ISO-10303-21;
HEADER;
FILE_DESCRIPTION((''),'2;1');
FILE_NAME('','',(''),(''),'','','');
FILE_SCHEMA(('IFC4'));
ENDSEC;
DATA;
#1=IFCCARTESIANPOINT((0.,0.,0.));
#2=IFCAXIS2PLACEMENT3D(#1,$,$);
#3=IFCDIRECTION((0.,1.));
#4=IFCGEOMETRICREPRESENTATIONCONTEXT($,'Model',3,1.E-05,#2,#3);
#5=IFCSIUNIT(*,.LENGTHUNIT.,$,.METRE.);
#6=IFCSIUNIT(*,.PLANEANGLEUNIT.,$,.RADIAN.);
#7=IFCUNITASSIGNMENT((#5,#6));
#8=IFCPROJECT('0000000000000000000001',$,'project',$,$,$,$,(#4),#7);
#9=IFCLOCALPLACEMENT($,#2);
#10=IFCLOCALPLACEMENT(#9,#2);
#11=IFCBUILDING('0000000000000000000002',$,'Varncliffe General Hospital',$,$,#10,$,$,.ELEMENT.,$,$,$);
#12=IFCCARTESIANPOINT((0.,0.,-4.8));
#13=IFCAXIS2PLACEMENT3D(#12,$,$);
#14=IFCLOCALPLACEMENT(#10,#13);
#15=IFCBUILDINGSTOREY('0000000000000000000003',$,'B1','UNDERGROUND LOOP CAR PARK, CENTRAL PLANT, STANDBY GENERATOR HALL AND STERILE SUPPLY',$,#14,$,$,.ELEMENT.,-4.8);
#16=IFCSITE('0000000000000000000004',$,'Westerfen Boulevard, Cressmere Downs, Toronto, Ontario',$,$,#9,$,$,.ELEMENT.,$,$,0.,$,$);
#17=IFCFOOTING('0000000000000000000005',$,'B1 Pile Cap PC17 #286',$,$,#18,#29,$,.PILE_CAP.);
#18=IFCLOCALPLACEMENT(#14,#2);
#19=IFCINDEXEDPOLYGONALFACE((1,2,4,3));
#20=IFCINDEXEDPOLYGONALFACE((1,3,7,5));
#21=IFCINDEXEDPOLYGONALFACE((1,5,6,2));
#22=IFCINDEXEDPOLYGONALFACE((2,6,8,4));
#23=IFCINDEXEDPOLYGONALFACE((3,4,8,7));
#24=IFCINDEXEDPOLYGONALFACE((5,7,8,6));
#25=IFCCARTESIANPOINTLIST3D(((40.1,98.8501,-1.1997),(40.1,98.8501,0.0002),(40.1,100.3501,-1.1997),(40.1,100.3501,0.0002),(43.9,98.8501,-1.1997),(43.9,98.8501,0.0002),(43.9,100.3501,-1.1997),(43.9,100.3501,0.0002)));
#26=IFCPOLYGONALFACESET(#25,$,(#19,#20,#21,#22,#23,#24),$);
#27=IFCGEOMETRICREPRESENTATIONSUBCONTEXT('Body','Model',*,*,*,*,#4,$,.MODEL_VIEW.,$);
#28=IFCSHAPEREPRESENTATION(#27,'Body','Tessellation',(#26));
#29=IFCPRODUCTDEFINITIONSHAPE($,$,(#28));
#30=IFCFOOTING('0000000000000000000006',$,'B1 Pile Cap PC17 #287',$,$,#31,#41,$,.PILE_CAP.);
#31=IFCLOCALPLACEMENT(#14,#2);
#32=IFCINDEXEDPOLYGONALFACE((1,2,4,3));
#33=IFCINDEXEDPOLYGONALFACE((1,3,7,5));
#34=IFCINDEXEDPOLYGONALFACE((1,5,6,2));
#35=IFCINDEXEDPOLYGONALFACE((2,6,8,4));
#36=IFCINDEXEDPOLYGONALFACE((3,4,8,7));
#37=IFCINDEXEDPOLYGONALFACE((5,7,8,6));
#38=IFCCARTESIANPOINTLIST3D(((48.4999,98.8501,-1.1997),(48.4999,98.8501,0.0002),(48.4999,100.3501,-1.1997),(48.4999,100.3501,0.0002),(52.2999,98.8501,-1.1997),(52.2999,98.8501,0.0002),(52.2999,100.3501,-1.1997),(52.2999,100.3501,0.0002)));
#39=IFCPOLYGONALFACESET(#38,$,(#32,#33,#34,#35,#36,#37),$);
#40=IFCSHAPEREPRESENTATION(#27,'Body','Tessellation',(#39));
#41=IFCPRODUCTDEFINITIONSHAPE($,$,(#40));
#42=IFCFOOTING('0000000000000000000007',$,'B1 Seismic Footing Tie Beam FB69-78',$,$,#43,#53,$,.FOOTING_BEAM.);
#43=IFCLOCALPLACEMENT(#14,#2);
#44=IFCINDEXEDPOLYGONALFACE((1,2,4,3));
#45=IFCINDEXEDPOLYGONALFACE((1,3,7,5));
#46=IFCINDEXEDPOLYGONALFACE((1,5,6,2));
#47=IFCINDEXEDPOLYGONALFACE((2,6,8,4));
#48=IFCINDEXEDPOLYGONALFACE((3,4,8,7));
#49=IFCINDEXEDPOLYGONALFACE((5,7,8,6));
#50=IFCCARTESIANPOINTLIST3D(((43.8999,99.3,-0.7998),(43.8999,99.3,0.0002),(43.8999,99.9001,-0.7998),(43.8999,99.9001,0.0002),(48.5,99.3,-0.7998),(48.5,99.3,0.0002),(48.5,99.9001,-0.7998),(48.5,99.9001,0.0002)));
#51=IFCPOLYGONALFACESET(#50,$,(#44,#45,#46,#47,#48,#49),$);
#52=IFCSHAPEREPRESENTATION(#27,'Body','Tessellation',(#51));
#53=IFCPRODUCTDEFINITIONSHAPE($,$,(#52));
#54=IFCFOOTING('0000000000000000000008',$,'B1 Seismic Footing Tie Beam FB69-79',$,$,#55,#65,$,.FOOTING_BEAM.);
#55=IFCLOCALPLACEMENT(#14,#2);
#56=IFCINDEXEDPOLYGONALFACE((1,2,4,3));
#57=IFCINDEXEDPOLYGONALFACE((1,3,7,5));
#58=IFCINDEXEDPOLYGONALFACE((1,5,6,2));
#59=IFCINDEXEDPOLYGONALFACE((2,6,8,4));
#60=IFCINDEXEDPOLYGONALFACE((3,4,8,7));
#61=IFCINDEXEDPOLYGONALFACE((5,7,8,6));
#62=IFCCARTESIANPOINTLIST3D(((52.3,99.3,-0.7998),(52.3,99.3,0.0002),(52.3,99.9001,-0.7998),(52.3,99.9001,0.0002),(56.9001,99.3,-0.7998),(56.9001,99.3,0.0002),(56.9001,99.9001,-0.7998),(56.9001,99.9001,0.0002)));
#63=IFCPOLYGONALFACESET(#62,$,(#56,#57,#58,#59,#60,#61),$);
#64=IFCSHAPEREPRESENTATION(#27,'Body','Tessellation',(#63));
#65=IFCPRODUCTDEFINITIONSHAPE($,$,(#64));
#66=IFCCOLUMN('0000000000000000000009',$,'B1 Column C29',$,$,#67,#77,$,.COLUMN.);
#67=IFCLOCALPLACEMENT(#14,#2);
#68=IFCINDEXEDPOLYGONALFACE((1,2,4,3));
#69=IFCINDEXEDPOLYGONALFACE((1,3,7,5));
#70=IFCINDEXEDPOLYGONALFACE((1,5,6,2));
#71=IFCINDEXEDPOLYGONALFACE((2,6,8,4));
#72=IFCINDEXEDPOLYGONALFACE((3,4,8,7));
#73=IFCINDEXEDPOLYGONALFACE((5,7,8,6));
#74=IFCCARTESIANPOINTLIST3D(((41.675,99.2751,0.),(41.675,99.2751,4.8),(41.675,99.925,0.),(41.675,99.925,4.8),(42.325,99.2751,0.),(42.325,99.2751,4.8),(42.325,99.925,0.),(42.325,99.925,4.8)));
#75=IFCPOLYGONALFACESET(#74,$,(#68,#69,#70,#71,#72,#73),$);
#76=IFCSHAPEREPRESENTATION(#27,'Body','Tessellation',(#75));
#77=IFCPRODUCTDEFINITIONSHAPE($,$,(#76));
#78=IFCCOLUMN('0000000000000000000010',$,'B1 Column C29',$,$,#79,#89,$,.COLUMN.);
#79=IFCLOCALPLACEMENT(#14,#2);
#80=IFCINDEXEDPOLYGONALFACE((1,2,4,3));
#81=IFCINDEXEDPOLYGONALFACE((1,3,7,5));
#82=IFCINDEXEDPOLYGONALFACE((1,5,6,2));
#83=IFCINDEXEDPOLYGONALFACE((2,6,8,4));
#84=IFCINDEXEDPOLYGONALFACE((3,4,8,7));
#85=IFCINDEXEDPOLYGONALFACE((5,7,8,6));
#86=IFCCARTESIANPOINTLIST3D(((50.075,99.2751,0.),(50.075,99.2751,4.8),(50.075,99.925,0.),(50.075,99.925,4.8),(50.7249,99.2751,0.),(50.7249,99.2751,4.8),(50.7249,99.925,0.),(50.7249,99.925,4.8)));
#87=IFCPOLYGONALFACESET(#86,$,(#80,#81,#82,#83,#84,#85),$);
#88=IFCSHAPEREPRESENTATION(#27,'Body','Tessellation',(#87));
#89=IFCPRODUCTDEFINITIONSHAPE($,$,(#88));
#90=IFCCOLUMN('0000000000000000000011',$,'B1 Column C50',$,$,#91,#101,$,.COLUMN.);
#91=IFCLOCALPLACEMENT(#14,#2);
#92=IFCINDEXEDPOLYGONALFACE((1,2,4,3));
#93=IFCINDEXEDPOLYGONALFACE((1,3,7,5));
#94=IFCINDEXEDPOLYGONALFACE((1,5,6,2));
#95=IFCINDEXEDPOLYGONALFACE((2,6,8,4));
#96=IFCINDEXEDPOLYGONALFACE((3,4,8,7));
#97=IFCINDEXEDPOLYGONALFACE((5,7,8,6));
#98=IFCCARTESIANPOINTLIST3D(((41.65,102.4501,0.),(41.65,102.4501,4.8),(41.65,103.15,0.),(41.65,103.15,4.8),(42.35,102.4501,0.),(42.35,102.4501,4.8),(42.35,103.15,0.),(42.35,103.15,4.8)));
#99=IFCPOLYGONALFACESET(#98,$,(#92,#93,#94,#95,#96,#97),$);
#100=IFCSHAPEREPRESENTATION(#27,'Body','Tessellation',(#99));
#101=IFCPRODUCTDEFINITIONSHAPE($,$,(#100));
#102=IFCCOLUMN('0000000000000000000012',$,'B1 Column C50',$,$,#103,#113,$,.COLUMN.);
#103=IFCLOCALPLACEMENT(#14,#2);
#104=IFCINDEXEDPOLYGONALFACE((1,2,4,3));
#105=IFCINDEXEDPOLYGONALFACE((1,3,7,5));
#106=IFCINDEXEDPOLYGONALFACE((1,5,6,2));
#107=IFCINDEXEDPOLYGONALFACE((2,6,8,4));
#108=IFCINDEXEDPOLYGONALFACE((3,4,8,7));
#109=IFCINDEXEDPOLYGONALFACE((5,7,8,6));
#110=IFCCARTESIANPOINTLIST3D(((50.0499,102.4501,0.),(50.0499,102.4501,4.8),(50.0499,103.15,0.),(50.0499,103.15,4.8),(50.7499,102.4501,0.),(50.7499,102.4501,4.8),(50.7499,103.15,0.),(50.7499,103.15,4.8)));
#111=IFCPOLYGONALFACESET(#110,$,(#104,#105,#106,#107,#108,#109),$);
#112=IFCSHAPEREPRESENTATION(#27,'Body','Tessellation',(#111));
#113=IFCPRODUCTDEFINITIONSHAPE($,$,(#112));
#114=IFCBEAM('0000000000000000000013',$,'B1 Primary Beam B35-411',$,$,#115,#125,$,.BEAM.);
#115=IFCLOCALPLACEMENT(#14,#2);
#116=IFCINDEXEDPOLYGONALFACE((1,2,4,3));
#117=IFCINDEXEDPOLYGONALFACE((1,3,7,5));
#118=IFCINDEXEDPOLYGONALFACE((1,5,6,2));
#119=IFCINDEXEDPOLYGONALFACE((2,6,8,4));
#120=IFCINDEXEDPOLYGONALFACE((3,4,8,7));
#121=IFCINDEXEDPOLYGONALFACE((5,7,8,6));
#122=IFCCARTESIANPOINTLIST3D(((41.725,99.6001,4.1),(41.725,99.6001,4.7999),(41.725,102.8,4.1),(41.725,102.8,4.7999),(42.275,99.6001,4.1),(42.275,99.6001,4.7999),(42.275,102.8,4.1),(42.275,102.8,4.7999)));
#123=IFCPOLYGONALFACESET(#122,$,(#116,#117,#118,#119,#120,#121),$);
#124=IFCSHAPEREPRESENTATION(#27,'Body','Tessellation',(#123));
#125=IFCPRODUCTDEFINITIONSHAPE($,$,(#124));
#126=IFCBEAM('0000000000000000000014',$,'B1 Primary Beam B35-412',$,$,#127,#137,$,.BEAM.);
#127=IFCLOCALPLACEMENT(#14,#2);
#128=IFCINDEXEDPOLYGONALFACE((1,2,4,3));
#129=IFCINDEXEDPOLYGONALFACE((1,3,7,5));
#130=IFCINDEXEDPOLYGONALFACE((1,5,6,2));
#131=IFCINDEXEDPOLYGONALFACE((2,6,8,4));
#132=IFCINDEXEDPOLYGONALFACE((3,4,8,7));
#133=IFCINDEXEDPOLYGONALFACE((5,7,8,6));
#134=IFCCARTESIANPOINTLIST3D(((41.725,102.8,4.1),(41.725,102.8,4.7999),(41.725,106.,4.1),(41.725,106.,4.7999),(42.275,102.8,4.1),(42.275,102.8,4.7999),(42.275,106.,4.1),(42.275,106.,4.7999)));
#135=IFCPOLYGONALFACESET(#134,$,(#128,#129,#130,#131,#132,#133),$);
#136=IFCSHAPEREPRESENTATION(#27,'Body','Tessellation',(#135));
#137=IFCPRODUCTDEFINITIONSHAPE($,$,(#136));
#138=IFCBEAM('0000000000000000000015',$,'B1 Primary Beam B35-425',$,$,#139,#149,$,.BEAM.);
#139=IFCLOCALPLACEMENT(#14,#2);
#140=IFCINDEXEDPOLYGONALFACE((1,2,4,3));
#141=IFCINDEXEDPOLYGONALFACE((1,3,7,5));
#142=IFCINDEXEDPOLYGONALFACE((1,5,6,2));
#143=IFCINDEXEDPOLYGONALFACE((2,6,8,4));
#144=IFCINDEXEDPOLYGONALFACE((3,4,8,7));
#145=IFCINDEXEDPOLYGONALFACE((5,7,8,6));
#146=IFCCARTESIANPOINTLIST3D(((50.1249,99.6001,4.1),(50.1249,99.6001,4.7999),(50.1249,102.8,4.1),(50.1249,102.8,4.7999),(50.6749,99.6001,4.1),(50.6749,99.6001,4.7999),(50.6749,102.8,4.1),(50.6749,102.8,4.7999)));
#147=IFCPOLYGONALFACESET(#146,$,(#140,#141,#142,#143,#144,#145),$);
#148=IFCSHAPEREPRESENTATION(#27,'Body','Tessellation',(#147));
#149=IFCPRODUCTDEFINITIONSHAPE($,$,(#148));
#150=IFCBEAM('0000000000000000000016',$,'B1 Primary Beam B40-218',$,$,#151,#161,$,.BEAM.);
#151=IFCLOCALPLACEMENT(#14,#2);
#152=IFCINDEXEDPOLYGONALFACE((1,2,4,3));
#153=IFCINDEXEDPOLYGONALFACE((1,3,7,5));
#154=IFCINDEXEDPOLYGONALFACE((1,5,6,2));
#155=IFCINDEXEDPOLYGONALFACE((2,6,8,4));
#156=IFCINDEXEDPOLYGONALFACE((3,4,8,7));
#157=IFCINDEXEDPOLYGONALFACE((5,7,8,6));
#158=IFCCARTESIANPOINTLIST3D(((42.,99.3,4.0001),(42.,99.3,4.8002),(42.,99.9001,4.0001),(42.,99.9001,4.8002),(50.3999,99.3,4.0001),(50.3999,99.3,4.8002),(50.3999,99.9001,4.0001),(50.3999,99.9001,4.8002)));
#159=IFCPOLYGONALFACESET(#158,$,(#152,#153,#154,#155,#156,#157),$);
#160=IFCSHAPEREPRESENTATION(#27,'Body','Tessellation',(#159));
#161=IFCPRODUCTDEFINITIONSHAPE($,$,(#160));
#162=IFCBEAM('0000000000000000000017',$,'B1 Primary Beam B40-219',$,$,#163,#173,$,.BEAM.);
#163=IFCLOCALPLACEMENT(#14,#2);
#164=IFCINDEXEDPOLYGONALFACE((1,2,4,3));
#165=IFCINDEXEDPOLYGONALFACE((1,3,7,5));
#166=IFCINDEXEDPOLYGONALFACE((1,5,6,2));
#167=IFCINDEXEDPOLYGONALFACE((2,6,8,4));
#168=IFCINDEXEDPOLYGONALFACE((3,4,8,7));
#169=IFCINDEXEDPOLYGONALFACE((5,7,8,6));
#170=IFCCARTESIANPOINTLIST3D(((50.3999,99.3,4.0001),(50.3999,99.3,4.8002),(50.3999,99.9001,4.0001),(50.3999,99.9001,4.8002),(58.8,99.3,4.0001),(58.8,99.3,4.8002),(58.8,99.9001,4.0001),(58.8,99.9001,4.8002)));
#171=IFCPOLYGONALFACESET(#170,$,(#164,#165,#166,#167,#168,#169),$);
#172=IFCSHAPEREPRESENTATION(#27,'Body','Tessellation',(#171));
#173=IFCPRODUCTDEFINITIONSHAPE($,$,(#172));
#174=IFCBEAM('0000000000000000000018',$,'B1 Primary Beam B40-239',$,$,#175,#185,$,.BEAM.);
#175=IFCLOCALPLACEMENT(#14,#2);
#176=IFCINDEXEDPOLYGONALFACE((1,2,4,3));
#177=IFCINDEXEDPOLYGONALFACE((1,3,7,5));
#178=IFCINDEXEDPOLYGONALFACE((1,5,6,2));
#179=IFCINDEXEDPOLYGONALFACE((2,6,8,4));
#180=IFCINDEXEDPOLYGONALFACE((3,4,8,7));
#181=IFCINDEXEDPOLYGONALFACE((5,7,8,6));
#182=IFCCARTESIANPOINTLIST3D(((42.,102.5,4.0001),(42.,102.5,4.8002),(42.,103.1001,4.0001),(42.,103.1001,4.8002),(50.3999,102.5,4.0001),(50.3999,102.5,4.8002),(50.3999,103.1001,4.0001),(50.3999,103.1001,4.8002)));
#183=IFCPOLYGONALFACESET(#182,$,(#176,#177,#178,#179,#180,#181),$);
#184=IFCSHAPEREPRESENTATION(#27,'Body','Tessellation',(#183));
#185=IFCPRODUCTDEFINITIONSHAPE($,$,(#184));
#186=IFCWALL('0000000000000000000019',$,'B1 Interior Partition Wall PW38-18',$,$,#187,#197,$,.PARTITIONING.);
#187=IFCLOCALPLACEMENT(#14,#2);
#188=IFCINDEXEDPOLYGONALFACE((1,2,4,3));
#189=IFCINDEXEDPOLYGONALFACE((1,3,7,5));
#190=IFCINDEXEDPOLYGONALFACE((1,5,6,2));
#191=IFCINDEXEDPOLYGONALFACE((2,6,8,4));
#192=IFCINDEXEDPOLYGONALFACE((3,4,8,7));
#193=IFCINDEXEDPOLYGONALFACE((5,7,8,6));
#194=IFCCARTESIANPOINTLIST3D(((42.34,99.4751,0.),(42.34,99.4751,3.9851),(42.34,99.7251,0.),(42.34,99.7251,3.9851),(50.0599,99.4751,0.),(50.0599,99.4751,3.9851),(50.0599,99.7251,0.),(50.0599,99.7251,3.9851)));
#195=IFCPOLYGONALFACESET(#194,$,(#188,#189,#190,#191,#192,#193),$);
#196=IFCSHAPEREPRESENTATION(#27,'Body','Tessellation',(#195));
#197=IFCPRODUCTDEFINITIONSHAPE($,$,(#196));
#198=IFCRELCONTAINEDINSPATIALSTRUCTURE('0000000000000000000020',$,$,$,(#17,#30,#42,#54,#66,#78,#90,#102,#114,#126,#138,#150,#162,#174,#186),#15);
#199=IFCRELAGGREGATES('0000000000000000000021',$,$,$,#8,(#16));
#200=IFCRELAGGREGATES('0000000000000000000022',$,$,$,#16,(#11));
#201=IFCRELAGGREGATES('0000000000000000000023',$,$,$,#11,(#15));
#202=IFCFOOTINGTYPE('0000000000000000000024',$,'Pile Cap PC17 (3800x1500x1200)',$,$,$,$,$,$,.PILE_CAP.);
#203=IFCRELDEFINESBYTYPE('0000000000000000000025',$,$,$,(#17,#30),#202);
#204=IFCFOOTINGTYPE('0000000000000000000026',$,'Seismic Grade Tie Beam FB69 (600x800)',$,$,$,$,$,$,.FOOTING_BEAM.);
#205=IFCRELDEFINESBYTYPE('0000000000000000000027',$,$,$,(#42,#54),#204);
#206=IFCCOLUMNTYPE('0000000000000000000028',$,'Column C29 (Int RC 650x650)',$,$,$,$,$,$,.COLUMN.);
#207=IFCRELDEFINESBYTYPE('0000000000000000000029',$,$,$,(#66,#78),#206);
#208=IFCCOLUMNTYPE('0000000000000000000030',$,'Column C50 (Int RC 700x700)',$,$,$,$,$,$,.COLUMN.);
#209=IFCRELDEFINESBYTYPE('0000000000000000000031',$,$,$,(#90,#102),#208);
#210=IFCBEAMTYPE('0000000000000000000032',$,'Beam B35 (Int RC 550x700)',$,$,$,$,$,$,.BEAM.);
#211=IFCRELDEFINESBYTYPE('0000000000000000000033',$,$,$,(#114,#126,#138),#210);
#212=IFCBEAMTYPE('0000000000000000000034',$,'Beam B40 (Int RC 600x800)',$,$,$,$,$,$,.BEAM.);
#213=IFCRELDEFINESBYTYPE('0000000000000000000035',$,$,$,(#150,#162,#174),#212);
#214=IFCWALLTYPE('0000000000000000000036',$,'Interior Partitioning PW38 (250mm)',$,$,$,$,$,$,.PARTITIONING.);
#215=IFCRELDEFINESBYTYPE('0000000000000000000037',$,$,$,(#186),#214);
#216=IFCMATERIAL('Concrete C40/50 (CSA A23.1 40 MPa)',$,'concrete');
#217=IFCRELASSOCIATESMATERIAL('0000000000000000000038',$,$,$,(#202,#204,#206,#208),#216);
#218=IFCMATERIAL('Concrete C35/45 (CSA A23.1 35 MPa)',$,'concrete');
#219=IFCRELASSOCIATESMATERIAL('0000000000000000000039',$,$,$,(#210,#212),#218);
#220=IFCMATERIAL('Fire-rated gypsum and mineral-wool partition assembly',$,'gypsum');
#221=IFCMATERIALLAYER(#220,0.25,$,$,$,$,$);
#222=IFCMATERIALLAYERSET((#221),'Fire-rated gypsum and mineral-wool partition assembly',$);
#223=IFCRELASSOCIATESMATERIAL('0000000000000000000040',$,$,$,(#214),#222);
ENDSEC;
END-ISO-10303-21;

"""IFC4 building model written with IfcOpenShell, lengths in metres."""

from ifc_helpers import new_model, si_unit, direction, frame, frame_2d, origin, origin_2d, place, context, subcontext, project, spatial, rectangle, extrude, material, layer, layer_set, material_profile, profile_set, type_object, element, save


model = new_model("IFC4")

# Units and contexts
model_context = context("Model", 3, precision=1e-05, world=origin(), true_north=direction((0.0, 1.0)))
body_context = subcontext(model_context, "Body", "Model", "MODEL_VIEW")
ifc_project = project(units=[si_unit("LENGTHUNIT", "METRE"), si_unit("PLANEANGLEUNIT", "RADIAN")], contexts=[model_context])

# Site, building, storey
site_placement = place(None, origin())
site = spatial("IfcSite", under=ifc_project, at=site_placement, Name="Westerfen Boulevard, Cressmere Downs, Toronto, Ontario", CompositionType="ELEMENT", RefElevation=0.0)
building_placement = place(site_placement, origin())
building = spatial("IfcBuilding", under=site, at=building_placement, Name="Varncliffe General Hospital", CompositionType="ELEMENT")
storey_placement = place(building_placement, frame((0.0, 0.0, -4.8)))
storey = spatial("IfcBuildingStorey", under=building, at=storey_placement, Name="B1", Description="UNDERGROUND LOOP CAR PARK, CENTRAL PLANT, STANDBY GENERATOR HALL AND STERILE SUPPLY", CompositionType="ELEMENT", Elevation=-4.8)

# Shared definitions
ifc_material_1 = material(Name="Concrete C40/50 (CSA A23.1 40 MPa)", Category="concrete")

# Footings
footing_type_1 = type_object("IfcFootingType", Name="Pile Cap PC17 (3800x1500x1200)", PredefinedType="PILE_CAP", material=ifc_material_1)
for number, where, z_axis, x_axis, name in (
    (1, (42.0, 99.6001, -1.1997), (0.0, 0.0, 1.0), (1.0, 0.0, 0.0), "B1 Pile Cap PC17 #286"),
    (2, (50.3999, 99.6001, -1.1997), (0.0, 0.0, 1.0), (1.0, 0.0, 0.0), "B1 Pile Cap PC17 #287"),
):
    element("IfcFooting", number, at=place(storey_placement, frame(where, z_axis=z_axis, x_axis=x_axis)), inside=storey, type_object=footing_type_1, Name=name, PredefinedType="PILE_CAP", context=body_context, shape_type="SweptSolid", body=[
        extrude(rectangle(XDim=3.8, YDim=1.5, at=origin_2d()), origin(), (0.0, 0.0, 1.0), 1.2),
    ])
footing_type_2 = type_object("IfcFootingType", Name="Seismic Grade Tie Beam FB69 (600x800)", PredefinedType="FOOTING_BEAM", material=ifc_material_1)
for number, where, z_axis, x_axis, name in (
    (3, (46.2, 99.6001, -0.7998), (0.0, 0.0, 1.0), (1.0, 0.0, 0.0), "B1 Seismic Footing Tie Beam FB69-78"),
    (4, (54.6001, 99.6001, -0.7998), (0.0, 0.0, 1.0), (1.0, 0.0, 0.0), "B1 Seismic Footing Tie Beam FB69-79"),
):
    element("IfcFooting", number, at=place(storey_placement, frame(where, z_axis=z_axis, x_axis=x_axis)), inside=storey, type_object=footing_type_2, Name=name, PredefinedType="FOOTING_BEAM", context=body_context, shape_type="SweptSolid", body=[
        extrude(rectangle(XDim=4.6001, YDim=0.6001, at=origin_2d()), origin(), (0.0, 0.0, 1.0), 0.8),
    ])

# Columns
ifc_material_profile_1 = material_profile(ifc_material_1, rectangle(XDim=0.6499, YDim=0.6499, at=origin_2d()), Name="RC 650x650")
ifc_profile_set_1 = profile_set([ifc_material_profile_1], Name="Concrete C40/50 (CSA A23.1 40 MPa)")
column_type_1 = type_object("IfcColumnType", Name="Column C29 (Int RC 650x650)", PredefinedType="COLUMN", material=ifc_profile_set_1)
for number, where, z_axis, x_axis, name in (
    (5, (42.0, 99.6001, 0.0), (0.0, 0.0, 1.0), (1.0, 0.0, 0.0), "B1 Column C29"),
    (6, (50.3999, 99.6001, 0.0), (0.0, 0.0, 1.0), (1.0, 0.0, 0.0), "B1 Column C29"),
):
    element("IfcColumn", number, at=place(storey_placement, frame(where, z_axis=z_axis, x_axis=x_axis)), inside=storey, type_object=column_type_1, Name=name, PredefinedType="COLUMN", context=body_context, shape_type="SweptSolid", body=[
        extrude(rectangle(XDim=0.6499, YDim=0.6499, at=origin_2d()), origin(), (0.0, 0.0, 1.0), 4.8),
    ])
ifc_material_profile_2 = material_profile(ifc_material_1, rectangle(XDim=0.7, YDim=0.7, at=origin_2d()), Name="RC 700x700")
ifc_profile_set_2 = profile_set([ifc_material_profile_2], Name="Concrete C40/50 (CSA A23.1 40 MPa)")
column_type_2 = type_object("IfcColumnType", Name="Column C50 (Int RC 700x700)", PredefinedType="COLUMN", material=ifc_profile_set_2)
for number, where, z_axis, x_axis, name in (
    (7, (42.0, 102.8, 0.0), (0.0, 0.0, 1.0), (1.0, 0.0, 0.0), "B1 Column C50"),
    (8, (50.3999, 102.8, 0.0), (0.0, 0.0, 1.0), (1.0, 0.0, 0.0), "B1 Column C50"),
):
    element("IfcColumn", number, at=place(storey_placement, frame(where, z_axis=z_axis, x_axis=x_axis)), inside=storey, type_object=column_type_2, Name=name, PredefinedType="COLUMN", context=body_context, shape_type="SweptSolid", body=[
        extrude(rectangle(XDim=0.7, YDim=0.7, at=origin_2d()), origin(), (0.0, 0.0, 1.0), 4.8),
    ])

# Beams
ifc_material_2 = material(Name="Concrete C35/45 (CSA A23.1 35 MPa)", Category="concrete")
ifc_material_profile_3 = material_profile(ifc_material_2, rectangle(XDim=0.55, YDim=0.7, at=origin_2d()), Name="RC 550x700")
ifc_profile_set_3 = profile_set([ifc_material_profile_3], Name="Concrete C35/45 (CSA A23.1 35 MPa)")
beam_type_1 = type_object("IfcBeamType", Name="Beam B35 (Int RC 550x700)", PredefinedType="BEAM", material=ifc_profile_set_3)
for number, where, z_axis, x_axis, name in (
    (9, (42.0, 99.6001, 4.45), (0.0, 1.0, 0.0), (-1.0, 0.0, 0.0), "B1 Primary Beam B35-411"),
    (10, (42.0, 102.8, 4.45), (0.0, 1.0, 0.0), (-1.0, 0.0, 0.0), "B1 Primary Beam B35-412"),
    (11, (50.3999, 99.6001, 4.45), (0.0, 1.0, 0.0), (-1.0, 0.0, 0.0), "B1 Primary Beam B35-425"),
):
    element("IfcBeam", number, at=place(storey_placement, frame(where, z_axis=z_axis, x_axis=x_axis)), inside=storey, type_object=beam_type_1, Name=name, PredefinedType="BEAM", context=body_context, shape_type="SweptSolid", body=[
        extrude(rectangle(XDim=0.55, YDim=0.7, at=origin_2d()), origin(), (0.0, 0.0, 1.0), 3.2),
    ])
ifc_material_profile_4 = material_profile(ifc_material_2, rectangle(XDim=0.6001, YDim=0.8, at=origin_2d()), Name="RC 600x800")
ifc_profile_set_4 = profile_set([ifc_material_profile_4], Name="Concrete C35/45 (CSA A23.1 35 MPa)")
beam_type_2 = type_object("IfcBeamType", Name="Beam B40 (Int RC 600x800)", PredefinedType="BEAM", material=ifc_profile_set_4)
beam_1_placement = place(storey_placement, frame((42.0, 99.6001, 4.4001), z_axis=(1.0, 0.0, 0.0), x_axis=(0.0, 1.0, 0.0)))
element("IfcBeam", 12, at=beam_1_placement, inside=storey, type_object=beam_type_2, Name="B1 Primary Beam B40-218", PredefinedType="BEAM", context=body_context, shape_type="SweptSolid", body=[
    extrude(rectangle(XDim=0.6001, YDim=0.8, at=origin_2d()), origin(), (0.0, 0.0, 1.0), 8.3999),
])
beam_2_placement = place(storey_placement, frame((50.3999, 99.6001, 4.4001), z_axis=(1.0, 0.0, 0.0), x_axis=(0.0, 1.0, 0.0)))
element("IfcBeam", 13, at=beam_2_placement, inside=storey, type_object=beam_type_2, Name="B1 Primary Beam B40-219", PredefinedType="BEAM", context=body_context, shape_type="SweptSolid", body=[
    extrude(rectangle(XDim=0.6001, YDim=0.8, at=origin_2d()), origin(), (0.0, 0.0, 1.0), 8.4001),
])
beam_3_placement = place(storey_placement, frame((42.0, 102.8, 4.4001), z_axis=(1.0, 0.0, 0.0), x_axis=(0.0, 1.0, 0.0)))
element("IfcBeam", 14, at=beam_3_placement, inside=storey, type_object=beam_type_2, Name="B1 Primary Beam B40-239", PredefinedType="BEAM", context=body_context, shape_type="SweptSolid", body=[
    extrude(rectangle(XDim=0.6001, YDim=0.8, at=origin_2d()), origin(), (0.0, 0.0, 1.0), 8.3999),
])

# Wall
ifc_material_3 = material(Name="Fire-rated gypsum and mineral-wool partition assembly", Category="gypsum")
ifc_layer_1 = layer(ifc_material_3, 0.25)
ifc_layer_set_1 = layer_set([ifc_layer_1], Name="Fire-rated gypsum and mineral-wool partition assembly")
wall_type_1 = type_object("IfcWallType", Name="Interior Partitioning PW38 (250mm)", PredefinedType="PARTITIONING", material=ifc_layer_set_1)
for number, where, z_axis, x_axis, name in (
    (15, (42.3401, 99.6001, 0.0), (0.0, 0.0, 1.0), (1.0, 0.0, 0.0), "B1 Interior Partition Wall PW38-18"),
):
    element("IfcWall", number, at=place(storey_placement, frame(where, z_axis=z_axis, x_axis=x_axis)), inside=storey, type_object=wall_type_1, Name=name, PredefinedType="PARTITIONING", context=body_context, shape_type="SweptSolid", body=[
        extrude(rectangle(XDim=7.72, YDim=0.25, at=frame_2d((3.8599, 0.0))), origin(), (0.0, 0.0, 1.0), 3.9851),
    ])

save(model, "model.ifc")
